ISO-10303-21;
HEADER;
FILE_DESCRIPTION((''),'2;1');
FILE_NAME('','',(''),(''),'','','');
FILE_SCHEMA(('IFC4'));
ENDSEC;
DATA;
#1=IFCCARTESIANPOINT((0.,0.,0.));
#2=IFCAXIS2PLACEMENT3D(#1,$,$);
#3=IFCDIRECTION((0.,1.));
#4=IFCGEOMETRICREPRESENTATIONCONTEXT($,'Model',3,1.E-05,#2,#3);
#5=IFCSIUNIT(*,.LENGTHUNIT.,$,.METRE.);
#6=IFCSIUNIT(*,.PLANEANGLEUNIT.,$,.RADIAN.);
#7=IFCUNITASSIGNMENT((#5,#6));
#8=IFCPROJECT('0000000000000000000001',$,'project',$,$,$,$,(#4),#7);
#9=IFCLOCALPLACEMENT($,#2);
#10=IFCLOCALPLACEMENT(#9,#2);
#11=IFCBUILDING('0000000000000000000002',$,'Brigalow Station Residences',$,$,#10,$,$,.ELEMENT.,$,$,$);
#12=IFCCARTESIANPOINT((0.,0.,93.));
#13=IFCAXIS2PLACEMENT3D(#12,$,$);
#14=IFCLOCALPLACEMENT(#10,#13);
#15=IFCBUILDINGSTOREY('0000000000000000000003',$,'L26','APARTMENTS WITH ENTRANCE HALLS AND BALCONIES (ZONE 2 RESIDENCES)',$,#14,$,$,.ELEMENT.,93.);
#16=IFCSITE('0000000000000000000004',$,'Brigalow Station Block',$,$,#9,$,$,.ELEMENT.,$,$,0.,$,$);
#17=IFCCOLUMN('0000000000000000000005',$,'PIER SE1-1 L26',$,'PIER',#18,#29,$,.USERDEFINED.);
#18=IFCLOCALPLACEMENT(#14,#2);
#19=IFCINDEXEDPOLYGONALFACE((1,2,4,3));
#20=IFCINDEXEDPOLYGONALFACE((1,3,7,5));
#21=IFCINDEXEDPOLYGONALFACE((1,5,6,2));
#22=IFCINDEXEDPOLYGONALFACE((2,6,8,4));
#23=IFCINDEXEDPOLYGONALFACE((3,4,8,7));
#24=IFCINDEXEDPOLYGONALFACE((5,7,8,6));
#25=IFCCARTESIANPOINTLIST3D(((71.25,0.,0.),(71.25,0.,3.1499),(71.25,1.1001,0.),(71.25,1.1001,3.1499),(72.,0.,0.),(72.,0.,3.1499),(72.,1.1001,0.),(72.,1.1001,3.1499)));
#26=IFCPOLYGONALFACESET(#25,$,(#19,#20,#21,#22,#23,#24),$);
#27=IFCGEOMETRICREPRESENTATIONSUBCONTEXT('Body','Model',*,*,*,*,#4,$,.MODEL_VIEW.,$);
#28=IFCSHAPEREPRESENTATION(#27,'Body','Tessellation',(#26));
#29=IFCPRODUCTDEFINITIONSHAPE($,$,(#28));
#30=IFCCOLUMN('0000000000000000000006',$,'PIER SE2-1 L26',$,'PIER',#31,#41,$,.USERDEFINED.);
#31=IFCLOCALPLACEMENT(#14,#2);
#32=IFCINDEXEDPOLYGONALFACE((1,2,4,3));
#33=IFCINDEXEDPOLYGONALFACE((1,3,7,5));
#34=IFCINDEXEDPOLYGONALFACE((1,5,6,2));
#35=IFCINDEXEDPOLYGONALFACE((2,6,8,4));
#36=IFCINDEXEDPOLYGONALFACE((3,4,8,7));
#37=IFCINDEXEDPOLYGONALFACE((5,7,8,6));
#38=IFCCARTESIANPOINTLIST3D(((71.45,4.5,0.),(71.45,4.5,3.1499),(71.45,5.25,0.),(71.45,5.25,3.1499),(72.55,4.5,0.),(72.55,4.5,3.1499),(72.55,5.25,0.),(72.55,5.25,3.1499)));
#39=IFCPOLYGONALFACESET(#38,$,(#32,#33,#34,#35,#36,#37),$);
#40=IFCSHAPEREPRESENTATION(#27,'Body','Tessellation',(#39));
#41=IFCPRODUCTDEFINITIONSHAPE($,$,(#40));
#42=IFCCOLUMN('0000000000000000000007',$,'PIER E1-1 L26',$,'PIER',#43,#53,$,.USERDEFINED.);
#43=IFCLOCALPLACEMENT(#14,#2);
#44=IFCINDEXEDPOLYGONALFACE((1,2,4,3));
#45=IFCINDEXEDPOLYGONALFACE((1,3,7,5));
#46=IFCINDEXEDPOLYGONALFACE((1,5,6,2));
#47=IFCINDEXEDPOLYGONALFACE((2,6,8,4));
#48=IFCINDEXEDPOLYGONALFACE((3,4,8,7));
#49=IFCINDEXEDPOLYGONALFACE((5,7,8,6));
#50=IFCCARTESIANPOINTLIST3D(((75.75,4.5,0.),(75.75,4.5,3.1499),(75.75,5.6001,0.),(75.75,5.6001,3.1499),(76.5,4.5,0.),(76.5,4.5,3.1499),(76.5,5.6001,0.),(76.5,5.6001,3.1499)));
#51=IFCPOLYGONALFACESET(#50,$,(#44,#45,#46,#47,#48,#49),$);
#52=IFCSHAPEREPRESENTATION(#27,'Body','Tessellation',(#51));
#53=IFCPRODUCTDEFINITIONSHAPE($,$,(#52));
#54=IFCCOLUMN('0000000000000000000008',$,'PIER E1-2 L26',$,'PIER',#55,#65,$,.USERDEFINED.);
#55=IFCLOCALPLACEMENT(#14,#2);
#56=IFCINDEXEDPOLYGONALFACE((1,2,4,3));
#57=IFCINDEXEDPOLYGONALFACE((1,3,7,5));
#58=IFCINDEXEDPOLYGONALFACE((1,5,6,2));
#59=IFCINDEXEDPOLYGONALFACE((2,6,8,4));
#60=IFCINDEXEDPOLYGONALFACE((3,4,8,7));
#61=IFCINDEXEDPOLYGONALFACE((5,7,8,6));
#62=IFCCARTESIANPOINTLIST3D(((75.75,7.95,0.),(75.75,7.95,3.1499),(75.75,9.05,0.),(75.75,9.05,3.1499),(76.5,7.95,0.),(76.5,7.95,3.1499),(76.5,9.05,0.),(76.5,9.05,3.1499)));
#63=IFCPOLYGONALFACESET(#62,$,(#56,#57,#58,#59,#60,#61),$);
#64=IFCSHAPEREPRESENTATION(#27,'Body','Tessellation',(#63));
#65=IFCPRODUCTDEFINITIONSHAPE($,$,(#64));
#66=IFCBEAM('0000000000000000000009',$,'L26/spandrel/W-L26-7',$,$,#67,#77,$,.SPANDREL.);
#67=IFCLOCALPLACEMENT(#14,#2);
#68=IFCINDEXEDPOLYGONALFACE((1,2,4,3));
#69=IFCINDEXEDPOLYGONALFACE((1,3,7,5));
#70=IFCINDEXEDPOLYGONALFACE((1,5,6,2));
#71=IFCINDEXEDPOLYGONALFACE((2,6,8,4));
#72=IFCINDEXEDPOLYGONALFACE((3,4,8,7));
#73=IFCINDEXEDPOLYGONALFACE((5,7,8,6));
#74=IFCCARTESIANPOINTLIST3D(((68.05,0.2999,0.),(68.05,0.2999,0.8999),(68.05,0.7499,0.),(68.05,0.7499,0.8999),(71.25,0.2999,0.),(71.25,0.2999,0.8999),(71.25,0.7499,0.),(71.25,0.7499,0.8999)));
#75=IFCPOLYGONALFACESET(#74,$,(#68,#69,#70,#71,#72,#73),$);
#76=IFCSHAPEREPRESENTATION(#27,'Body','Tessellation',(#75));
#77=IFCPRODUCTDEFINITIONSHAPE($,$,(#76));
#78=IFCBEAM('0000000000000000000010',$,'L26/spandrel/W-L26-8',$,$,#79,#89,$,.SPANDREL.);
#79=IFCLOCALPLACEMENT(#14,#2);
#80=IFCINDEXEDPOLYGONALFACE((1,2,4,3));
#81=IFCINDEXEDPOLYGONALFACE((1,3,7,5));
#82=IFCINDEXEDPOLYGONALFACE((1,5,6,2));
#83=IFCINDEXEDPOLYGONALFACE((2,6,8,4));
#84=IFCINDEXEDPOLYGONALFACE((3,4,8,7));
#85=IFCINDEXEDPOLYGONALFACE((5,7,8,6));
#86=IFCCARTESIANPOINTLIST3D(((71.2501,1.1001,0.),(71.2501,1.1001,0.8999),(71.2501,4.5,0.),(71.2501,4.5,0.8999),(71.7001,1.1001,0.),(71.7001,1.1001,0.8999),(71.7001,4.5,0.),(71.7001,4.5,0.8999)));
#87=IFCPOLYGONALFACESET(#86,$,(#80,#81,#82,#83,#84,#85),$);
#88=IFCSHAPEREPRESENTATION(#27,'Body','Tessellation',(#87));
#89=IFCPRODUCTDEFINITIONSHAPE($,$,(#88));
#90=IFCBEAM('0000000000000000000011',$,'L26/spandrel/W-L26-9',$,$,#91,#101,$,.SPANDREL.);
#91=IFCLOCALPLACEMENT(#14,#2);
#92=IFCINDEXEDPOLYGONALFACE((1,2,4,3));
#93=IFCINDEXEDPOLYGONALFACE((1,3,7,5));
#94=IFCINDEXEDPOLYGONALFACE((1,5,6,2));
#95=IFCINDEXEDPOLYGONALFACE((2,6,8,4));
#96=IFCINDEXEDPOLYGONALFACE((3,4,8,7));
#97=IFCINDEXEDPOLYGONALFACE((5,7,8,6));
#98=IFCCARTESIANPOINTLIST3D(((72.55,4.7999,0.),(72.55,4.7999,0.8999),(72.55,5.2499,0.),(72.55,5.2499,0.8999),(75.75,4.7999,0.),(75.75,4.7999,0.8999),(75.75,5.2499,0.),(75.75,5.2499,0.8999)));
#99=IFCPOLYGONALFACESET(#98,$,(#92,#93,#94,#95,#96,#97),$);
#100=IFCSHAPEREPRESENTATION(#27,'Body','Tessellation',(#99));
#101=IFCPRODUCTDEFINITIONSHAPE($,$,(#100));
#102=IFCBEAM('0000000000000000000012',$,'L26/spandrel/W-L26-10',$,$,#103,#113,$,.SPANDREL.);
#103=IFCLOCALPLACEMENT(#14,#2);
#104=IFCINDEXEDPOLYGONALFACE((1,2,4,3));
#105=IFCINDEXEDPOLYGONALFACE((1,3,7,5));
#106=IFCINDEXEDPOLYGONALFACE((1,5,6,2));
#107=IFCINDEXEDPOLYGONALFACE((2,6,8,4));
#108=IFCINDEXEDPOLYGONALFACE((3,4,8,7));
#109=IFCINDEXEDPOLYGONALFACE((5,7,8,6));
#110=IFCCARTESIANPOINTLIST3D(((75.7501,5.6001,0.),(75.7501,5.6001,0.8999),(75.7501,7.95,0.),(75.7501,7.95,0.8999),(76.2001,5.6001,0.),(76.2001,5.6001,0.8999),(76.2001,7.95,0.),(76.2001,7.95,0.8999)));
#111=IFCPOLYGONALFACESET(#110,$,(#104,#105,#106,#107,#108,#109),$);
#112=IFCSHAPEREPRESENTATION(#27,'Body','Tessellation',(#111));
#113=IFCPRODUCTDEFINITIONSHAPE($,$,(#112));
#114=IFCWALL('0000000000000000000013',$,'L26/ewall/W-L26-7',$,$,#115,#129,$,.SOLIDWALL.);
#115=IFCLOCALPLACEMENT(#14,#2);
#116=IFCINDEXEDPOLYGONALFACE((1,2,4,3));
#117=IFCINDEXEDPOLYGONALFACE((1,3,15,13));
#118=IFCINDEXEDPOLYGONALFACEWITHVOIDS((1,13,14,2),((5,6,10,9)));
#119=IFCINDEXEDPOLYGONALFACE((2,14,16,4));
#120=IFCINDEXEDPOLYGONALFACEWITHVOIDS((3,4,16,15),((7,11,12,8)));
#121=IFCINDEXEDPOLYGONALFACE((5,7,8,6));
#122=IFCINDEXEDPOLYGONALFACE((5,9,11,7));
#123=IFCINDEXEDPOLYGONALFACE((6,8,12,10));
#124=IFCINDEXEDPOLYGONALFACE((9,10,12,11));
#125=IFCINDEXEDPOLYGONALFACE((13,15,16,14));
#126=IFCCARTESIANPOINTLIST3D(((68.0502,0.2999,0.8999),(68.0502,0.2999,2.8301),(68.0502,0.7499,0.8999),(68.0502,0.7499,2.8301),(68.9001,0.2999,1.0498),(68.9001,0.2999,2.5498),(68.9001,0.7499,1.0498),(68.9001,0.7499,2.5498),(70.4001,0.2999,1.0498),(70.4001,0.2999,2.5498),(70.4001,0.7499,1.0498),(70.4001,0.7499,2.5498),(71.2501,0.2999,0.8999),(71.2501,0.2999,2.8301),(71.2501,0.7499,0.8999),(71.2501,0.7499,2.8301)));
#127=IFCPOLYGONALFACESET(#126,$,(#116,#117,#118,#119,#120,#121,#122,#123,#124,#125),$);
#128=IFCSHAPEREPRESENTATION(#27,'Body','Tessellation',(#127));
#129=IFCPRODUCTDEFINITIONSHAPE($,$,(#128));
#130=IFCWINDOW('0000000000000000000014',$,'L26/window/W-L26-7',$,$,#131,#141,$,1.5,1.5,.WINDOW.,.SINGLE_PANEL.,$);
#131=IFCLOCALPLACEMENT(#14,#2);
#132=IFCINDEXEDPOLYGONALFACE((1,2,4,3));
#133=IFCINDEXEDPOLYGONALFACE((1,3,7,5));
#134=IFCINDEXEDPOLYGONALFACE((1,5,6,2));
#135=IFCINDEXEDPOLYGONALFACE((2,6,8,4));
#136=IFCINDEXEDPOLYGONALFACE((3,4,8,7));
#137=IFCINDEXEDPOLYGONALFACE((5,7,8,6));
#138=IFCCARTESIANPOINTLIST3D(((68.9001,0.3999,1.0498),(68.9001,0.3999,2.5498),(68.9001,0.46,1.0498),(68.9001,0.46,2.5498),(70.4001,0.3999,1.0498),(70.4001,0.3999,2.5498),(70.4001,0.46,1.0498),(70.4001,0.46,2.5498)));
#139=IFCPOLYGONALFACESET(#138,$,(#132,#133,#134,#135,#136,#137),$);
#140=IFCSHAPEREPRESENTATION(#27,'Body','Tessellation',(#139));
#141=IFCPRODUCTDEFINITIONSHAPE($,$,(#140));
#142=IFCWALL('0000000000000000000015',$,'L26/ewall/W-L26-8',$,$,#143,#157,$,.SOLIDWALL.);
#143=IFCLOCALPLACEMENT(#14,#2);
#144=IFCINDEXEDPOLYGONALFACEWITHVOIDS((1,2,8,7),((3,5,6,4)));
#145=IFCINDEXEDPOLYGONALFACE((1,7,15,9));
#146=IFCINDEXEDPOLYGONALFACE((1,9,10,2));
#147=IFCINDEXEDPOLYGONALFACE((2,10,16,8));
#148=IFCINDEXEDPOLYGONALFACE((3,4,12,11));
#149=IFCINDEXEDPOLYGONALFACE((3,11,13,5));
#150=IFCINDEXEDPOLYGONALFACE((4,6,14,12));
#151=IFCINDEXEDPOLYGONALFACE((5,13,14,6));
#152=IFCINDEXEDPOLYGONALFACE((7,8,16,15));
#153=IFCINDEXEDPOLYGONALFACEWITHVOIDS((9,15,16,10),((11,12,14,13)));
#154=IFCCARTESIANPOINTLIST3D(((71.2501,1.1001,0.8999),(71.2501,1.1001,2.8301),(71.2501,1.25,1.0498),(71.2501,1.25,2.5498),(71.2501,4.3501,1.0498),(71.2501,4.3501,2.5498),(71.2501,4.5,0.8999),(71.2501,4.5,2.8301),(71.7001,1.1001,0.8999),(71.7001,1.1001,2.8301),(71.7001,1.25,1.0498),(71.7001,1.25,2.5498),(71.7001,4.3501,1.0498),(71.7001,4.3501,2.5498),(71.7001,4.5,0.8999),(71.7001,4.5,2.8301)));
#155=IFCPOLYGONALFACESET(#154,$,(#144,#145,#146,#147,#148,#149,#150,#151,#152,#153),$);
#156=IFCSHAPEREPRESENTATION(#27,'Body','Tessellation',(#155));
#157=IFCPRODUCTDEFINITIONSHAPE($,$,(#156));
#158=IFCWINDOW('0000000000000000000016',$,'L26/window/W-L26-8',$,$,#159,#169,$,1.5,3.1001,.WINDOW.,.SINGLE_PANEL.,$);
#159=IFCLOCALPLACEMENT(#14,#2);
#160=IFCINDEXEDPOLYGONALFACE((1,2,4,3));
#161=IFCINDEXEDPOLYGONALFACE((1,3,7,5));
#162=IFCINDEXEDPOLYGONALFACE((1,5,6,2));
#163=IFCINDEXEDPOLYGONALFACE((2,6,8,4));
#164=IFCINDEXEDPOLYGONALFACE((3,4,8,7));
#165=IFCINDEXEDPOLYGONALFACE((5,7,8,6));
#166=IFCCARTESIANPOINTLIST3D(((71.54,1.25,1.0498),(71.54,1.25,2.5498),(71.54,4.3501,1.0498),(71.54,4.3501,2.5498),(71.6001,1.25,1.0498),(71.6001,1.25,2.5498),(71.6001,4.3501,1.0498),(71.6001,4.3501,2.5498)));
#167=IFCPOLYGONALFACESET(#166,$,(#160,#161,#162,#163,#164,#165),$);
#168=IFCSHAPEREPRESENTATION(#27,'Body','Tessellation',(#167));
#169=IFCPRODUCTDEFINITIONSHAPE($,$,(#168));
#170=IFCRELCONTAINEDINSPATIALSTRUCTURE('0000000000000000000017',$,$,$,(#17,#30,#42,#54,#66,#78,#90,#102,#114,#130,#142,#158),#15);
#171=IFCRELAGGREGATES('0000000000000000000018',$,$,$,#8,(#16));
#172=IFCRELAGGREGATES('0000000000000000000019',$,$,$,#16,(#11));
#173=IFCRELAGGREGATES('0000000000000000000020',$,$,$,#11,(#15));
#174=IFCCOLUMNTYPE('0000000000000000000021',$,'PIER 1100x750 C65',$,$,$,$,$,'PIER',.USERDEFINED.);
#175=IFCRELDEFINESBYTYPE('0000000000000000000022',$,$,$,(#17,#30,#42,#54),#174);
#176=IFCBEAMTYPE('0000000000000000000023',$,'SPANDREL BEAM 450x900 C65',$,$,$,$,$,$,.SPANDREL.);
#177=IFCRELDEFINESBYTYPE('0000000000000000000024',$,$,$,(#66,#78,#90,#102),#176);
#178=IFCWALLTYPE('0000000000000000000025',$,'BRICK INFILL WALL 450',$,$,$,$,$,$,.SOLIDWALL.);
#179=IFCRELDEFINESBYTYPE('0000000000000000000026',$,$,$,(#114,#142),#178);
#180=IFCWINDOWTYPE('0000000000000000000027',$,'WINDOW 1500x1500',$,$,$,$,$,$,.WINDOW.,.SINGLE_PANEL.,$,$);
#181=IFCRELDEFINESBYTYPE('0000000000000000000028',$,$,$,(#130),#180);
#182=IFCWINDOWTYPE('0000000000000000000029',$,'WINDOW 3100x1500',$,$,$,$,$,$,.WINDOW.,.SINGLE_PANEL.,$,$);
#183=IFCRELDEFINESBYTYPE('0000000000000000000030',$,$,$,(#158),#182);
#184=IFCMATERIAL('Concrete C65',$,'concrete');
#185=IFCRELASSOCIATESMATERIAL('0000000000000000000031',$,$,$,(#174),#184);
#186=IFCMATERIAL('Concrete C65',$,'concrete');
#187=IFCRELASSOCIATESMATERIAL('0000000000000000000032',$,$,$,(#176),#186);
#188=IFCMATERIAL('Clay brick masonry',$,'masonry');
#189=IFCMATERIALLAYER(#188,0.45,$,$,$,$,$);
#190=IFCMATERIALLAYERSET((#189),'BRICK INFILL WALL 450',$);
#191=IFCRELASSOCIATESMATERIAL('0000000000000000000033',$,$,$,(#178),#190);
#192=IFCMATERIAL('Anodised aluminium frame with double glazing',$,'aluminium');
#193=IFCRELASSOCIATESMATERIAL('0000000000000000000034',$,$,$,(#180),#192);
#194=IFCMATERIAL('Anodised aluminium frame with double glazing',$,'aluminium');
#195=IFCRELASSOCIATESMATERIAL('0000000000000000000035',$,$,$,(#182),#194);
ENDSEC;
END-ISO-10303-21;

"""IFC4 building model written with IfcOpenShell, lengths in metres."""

from ifc_helpers import new_model, si_unit, direction, frame, frame_2d, origin, origin_2d, place, context, subcontext, project, spatial, rectangle, extrude, material, layer, layer_set, material_profile, profile_set, type_object, element, fill, save


model = new_model("IFC4")

# Units and contexts
model_context = context("Model", 3, precision=1e-05, world=origin(), true_north=direction((0.0, 1.0)))
body_context = subcontext(model_context, "Body", "Model", "MODEL_VIEW")
ifc_project = project(units=[si_unit("LENGTHUNIT", "METRE"), si_unit("PLANEANGLEUNIT", "RADIAN")], contexts=[model_context])

# Site, building, storey
site_placement = place(None, origin())
site = spatial("IfcSite", under=ifc_project, at=site_placement, Name="Brigalow Station Block", CompositionType="ELEMENT", RefElevation=0.0)
building_placement = place(site_placement, origin())
building = spatial("IfcBuilding", under=site, at=building_placement, Name="Brigalow Station Residences", CompositionType="ELEMENT")
storey_placement = place(building_placement, frame((0.0, 0.0, 93.0)))
storey = spatial("IfcBuildingStorey", under=building, at=storey_placement, Name="L26", Description="APARTMENTS WITH ENTRANCE HALLS AND BALCONIES (ZONE 2 RESIDENCES)", CompositionType="ELEMENT", Elevation=93.0)

# Columns
ifc_material_1 = material(Name="Concrete C65", Category="concrete")
ifc_material_profile_1 = material_profile(ifc_material_1, rectangle(XDim=1.1001, YDim=0.75, at=origin_2d()), Name="RC1100x750")
ifc_profile_set_1 = profile_set([ifc_material_profile_1], Name="Concrete C65")
column_type = type_object("IfcColumnType", Name="PIER 1100x750 C65", ElementType="PIER", PredefinedType="USERDEFINED", material=ifc_profile_set_1)
for number, where, z_axis, x_axis, name in (
    (1, (71.625, 0.55, 0.0), (0.0, 0.0, 1.0), (0.0, 1.0, 0.0), "PIER SE1-1 L26"),
    (2, (72.0, 4.875, 0.0), (0.0, 0.0, 1.0), (1.0, 0.0, 0.0), "PIER SE2-1 L26"),
    (3, (76.125, 5.05, 0.0), (0.0, 0.0, 1.0), (0.0, 1.0, 0.0), "PIER E1-1 L26"),
    (4, (76.125, 8.5, 0.0), (0.0, 0.0, 1.0), (0.0, 1.0, 0.0), "PIER E1-2 L26"),
):
    element("IfcColumn", number, at=place(storey_placement, frame(where, z_axis=z_axis, x_axis=x_axis)), inside=storey, type_object=column_type, Name=name, ObjectType="PIER", PredefinedType="USERDEFINED", context=body_context, shape_type="SweptSolid", body=[
        extrude(rectangle(XDim=1.1001, YDim=0.75, at=origin_2d()), origin(), (0.0, 0.0, 1.0), 3.1499),
    ])

# Beams
ifc_material_2 = material(Name="Concrete C65", Category="concrete")
ifc_material_profile_2 = material_profile(ifc_material_2, rectangle(XDim=0.45, YDim=0.8999, at=origin_2d()), Name="RC450x900")
ifc_profile_set_2 = profile_set([ifc_material_profile_2], Name="Concrete C65")
beam_type = type_object("IfcBeamType", Name="SPANDREL BEAM 450x900 C65", PredefinedType="SPANDREL", material=ifc_profile_set_2)
beam_1_placement = place(storey_placement, frame((68.05, 0.5249, 0.45), z_axis=(1.0, 0.0, 0.0), x_axis=(0.0, 1.0, 0.0)))
element("IfcBeam", 5, at=beam_1_placement, inside=storey, type_object=beam_type, Name="L26/spandrel/W-L26-7", PredefinedType="SPANDREL", context=body_context, shape_type="SweptSolid", body=[
    extrude(rectangle(XDim=0.45, YDim=0.8999, at=origin_2d()), origin(), (0.0, 0.0, 1.0), 3.2),
])
beam_2_placement = place(storey_placement, frame((71.4751, 1.1001, 0.45), z_axis=(0.0, 1.0, 0.0), x_axis=(-1.0, 0.0, 0.0)))
element("IfcBeam", 6, at=beam_2_placement, inside=storey, type_object=beam_type, Name="L26/spandrel/W-L26-8", PredefinedType="SPANDREL", context=body_context, shape_type="SweptSolid", body=[
    extrude(rectangle(XDim=0.45, YDim=0.8999, at=origin_2d()), origin(), (0.0, 0.0, 1.0), 3.3999),
])
beam_3_placement = place(storey_placement, frame((72.55, 5.0249, 0.45), z_axis=(1.0, 0.0, 0.0), x_axis=(0.0, 1.0, 0.0)))
element("IfcBeam", 7, at=beam_3_placement, inside=storey, type_object=beam_type, Name="L26/spandrel/W-L26-9", PredefinedType="SPANDREL", context=body_context, shape_type="SweptSolid", body=[
    extrude(rectangle(XDim=0.45, YDim=0.8999, at=origin_2d()), origin(), (0.0, 0.0, 1.0), 3.2),
])
beam_4_placement = place(storey_placement, frame((75.9751, 5.6001, 0.45), z_axis=(0.0, 1.0, 0.0), x_axis=(-1.0, 0.0, 0.0)))
element("IfcBeam", 8, at=beam_4_placement, inside=storey, type_object=beam_type, Name="L26/spandrel/W-L26-10", PredefinedType="SPANDREL", context=body_context, shape_type="SweptSolid", body=[
    extrude(rectangle(XDim=0.45, YDim=0.8999, at=origin_2d()), origin(), (0.0, 0.0, 1.0), 2.3499),
])

# Walls, openings, windows
ifc_material_3 = material(Name="Clay brick masonry", Category="masonry")
ifc_layer_1 = layer(ifc_material_3, 0.45)
ifc_layer_set_1 = layer_set([ifc_layer_1], Name="BRICK INFILL WALL 450")
wall_type_1 = type_object("IfcWallType", Name="BRICK INFILL WALL 450", PredefinedType="SOLIDWALL", material=ifc_layer_set_1)
wall_1_placement = place(storey_placement, frame((68.05, 0.5249, 0.8999), z_axis=(0.0, 0.0, 1.0), x_axis=(1.0, 0.0, 0.0)))
wall_1 = element("IfcWall", 9, at=wall_1_placement, inside=storey, type_object=wall_type_1, Name="L26/ewall/W-L26-7", PredefinedType="SOLIDWALL", context=body_context, shape_type="SweptSolid", body=[
    extrude(rectangle(XDim=3.2, YDim=0.45, at=frame_2d((1.6001, 0.0))), origin(), (0.0, 0.0, 1.0), 1.9302),
])
opening_1_placement = place(wall_1_placement, frame((0.8501, 0.0, 0.1499)))
opening_1 = element("IfcOpeningElement", 10, at=opening_1_placement, cuts=wall_1, PredefinedType="OPENING", context=body_context, shape_type="SweptSolid", body=[
    extrude(rectangle(XDim=1.5, YDim=1.5, at=frame_2d((0.75, 0.75))), frame((0.0, 0.2349, 0.0), z_axis=(0.0, -1.0, 0.0), x_axis=(1.0, 0.0, 0.0)), (0.0, 0.0, 1.0), 0.47),
])
ifc_material_4 = material(Name="Anodised aluminium frame with double glazing", Category="aluminium")
window_type_1 = type_object("IfcWindowType", Name="WINDOW 1500x1500", PartitioningType="SINGLE_PANEL", PredefinedType="WINDOW", material=ifc_material_4)
window_1_placement = place(opening_1_placement, origin())
window_1 = element("IfcWindow", 11, at=window_1_placement, inside=storey, type_object=window_type_1, Name="L26/window/W-L26-7", OverallHeight=1.5, OverallWidth=1.5, PartitioningType="SINGLE_PANEL", PredefinedType="WINDOW", context=body_context, shape_type="SweptSolid", body=[
    extrude(rectangle(XDim=1.5, YDim=1.5, at=frame_2d((0.75, 0.75))), frame((0.0, -0.0649, 0.0), z_axis=(0.0, -1.0, 0.0), x_axis=(1.0, 0.0, 0.0)), (0.0, 0.0, 1.0), 0.0601),
])
fill(opening_1, window_1)
wall_2_placement = place(storey_placement, frame((71.4751, 1.1001, 0.8999), z_axis=(0.0, 0.0, 1.0), x_axis=(0.0, 1.0, 0.0)))
wall_2 = element("IfcWall", 12, at=wall_2_placement, inside=storey, type_object=wall_type_1, Name="L26/ewall/W-L26-8", PredefinedType="SOLIDWALL", context=body_context, shape_type="SweptSolid", body=[
    extrude(rectangle(XDim=3.3999, YDim=0.45, at=frame_2d((1.7, 0.0))), origin(), (0.0, 0.0, 1.0), 1.9302),
])
opening_2_placement = place(wall_2_placement, frame((0.1499, 0.0, 0.1499)))
opening_2 = element("IfcOpeningElement", 13, at=opening_2_placement, cuts=wall_2, PredefinedType="OPENING", context=body_context, shape_type="SweptSolid", body=[
    extrude(rectangle(XDim=3.1001, YDim=1.5, at=frame_2d((1.55, 0.75))), frame((0.0, 0.2349, 0.0), z_axis=(0.0, -1.0, 0.0), x_axis=(1.0, 0.0, 0.0)), (0.0, 0.0, 1.0), 0.47),
])
ifc_material_5 = material(Name="Anodised aluminium frame with double glazing", Category="aluminium")
window_type_2 = type_object("IfcWindowType", Name="WINDOW 3100x1500", PartitioningType="SINGLE_PANEL", PredefinedType="WINDOW", material=ifc_material_5)
window_2_placement = place(opening_2_placement, origin())
window_2 = element("IfcWindow", 14, at=window_2_placement, inside=storey, type_object=window_type_2, Name="L26/window/W-L26-8", OverallHeight=1.5, OverallWidth=3.1001, PartitioningType="SINGLE_PANEL", PredefinedType="WINDOW", context=body_context, shape_type="SweptSolid", body=[
    extrude(rectangle(XDim=3.1001, YDim=1.5, at=frame_2d((1.55, 0.75))), frame((0.0, -0.0649, 0.0), z_axis=(0.0, -1.0, 0.0), x_axis=(1.0, 0.0, 0.0)), (0.0, 0.0, 1.0), 0.0601),
])
fill(opening_2, window_2)

save(model, "model.ifc")
